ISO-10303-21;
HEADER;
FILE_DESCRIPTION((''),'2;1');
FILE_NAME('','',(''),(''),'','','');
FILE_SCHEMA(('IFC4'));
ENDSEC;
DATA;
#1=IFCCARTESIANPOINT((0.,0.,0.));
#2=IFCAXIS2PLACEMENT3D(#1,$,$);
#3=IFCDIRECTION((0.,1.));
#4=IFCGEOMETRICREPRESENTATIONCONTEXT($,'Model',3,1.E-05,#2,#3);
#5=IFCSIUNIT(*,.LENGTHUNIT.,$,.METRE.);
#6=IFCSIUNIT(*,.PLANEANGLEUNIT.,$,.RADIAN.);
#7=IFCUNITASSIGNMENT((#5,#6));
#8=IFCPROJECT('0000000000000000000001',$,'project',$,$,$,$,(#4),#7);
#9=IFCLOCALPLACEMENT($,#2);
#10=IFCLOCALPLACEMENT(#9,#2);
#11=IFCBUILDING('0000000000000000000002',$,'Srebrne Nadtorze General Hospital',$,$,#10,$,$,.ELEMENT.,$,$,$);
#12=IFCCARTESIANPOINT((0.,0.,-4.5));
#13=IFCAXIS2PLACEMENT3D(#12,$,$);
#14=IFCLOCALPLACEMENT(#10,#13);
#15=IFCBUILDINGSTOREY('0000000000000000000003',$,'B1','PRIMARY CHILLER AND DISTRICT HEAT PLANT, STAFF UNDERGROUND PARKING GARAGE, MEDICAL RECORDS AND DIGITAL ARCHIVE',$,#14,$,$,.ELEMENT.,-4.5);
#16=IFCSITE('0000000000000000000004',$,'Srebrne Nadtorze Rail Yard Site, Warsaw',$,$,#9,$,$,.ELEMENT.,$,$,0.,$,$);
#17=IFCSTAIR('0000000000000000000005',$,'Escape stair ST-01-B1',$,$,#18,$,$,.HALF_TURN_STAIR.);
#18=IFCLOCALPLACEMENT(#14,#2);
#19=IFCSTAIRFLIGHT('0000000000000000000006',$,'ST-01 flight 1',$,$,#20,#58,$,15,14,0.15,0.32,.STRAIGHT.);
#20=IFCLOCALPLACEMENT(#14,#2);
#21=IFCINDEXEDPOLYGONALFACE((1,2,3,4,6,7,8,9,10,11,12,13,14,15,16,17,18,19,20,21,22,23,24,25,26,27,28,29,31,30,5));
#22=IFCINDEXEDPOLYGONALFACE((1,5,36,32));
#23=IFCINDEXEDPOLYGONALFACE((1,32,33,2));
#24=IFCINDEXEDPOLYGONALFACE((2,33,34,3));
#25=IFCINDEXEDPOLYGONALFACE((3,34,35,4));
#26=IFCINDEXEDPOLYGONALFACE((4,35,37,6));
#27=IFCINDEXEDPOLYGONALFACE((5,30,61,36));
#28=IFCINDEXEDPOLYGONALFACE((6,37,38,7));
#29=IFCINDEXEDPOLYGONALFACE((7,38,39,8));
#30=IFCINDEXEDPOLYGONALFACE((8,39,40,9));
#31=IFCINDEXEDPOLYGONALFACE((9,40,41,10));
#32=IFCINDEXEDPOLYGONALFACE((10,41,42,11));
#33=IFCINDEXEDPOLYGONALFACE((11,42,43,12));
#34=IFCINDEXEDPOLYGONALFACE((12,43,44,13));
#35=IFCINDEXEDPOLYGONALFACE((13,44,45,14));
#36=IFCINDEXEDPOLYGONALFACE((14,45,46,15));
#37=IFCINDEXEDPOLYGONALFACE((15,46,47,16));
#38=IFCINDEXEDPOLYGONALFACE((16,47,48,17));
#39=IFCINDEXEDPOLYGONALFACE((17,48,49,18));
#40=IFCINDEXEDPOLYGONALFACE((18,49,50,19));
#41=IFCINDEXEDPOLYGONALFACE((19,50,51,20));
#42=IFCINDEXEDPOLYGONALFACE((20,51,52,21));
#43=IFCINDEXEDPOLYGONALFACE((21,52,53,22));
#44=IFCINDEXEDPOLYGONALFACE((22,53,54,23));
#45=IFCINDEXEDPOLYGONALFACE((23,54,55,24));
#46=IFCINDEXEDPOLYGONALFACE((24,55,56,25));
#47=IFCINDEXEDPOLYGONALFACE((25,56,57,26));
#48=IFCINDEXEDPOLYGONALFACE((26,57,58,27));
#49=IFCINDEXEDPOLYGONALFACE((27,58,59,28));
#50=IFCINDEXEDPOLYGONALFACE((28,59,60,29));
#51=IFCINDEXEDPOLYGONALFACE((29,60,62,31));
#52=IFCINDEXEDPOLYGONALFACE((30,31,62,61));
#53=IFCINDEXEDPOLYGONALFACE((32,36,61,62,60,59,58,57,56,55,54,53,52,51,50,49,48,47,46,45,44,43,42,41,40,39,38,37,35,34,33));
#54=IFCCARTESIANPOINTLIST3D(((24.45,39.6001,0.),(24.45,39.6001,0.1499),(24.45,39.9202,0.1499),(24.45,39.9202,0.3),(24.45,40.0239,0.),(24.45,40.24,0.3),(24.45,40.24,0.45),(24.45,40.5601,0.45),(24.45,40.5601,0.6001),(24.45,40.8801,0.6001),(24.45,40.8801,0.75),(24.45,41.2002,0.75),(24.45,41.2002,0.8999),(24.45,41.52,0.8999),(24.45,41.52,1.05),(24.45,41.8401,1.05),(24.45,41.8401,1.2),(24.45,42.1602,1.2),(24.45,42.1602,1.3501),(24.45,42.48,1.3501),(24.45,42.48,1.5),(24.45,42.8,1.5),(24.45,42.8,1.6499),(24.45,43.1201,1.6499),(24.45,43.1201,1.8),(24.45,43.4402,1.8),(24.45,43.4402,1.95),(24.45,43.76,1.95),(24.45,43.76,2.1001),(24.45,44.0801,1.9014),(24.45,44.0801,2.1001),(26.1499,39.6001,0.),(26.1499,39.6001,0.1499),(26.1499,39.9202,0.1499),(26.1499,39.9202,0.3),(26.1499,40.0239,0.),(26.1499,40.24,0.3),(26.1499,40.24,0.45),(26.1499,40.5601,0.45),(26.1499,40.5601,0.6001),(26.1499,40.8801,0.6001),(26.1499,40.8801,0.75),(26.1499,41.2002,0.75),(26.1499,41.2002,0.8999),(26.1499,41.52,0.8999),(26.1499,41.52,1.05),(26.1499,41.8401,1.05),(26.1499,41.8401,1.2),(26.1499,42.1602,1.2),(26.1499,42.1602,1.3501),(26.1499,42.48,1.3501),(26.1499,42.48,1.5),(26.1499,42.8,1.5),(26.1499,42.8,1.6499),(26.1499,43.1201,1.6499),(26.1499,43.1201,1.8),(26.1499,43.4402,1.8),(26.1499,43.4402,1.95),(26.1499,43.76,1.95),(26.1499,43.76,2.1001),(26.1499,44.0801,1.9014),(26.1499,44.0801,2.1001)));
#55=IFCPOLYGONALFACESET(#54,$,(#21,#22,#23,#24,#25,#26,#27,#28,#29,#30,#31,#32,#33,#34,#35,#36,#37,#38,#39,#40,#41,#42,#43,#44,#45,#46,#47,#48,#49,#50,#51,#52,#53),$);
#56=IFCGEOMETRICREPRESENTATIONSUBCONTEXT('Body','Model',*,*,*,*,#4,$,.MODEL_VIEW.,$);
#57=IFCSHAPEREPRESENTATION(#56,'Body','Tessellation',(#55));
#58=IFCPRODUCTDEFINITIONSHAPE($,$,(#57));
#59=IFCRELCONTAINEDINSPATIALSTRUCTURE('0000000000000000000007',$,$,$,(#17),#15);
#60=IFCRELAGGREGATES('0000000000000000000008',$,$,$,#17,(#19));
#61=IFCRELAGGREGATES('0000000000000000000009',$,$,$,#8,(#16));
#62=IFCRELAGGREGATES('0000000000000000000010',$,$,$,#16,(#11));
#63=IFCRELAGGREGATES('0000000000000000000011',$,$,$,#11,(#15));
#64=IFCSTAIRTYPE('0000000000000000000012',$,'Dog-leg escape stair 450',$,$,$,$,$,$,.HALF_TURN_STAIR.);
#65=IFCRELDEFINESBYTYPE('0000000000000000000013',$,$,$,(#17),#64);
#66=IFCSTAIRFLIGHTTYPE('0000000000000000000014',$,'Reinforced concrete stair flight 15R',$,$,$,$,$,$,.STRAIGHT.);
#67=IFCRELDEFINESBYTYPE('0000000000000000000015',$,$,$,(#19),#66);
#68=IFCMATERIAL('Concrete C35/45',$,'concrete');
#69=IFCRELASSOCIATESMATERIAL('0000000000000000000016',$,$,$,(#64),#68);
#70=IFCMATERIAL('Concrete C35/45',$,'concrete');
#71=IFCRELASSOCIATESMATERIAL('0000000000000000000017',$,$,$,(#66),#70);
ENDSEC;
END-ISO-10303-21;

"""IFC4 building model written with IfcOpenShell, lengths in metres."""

from ifc_helpers import new_model, si_unit, direction, frame, origin, place, context, subcontext, project, spatial, polyline, outline, extrude, material, type_object, element, aggregate, save


model = new_model("IFC4")

# Units and contexts
model_context = context("Model", 3, precision=1e-05, world=origin(), true_north=direction((0.0, 1.0)))
body_context = subcontext(model_context, "Body", "Model", "MODEL_VIEW")
ifc_project = project(units=[si_unit("LENGTHUNIT", "METRE"), si_unit("PLANEANGLEUNIT", "RADIAN")], contexts=[model_context])

# Site, building, storey
site_placement = place(None, origin())
site = spatial("IfcSite", under=ifc_project, at=site_placement, Name="Srebrne Nadtorze Rail Yard Site, Warsaw", CompositionType="ELEMENT", RefElevation=0.0)
building_placement = place(site_placement, origin())
building = spatial("IfcBuilding", under=site, at=building_placement, Name="Srebrne Nadtorze General Hospital", CompositionType="ELEMENT")
storey_placement = place(building_placement, frame((0.0, 0.0, -4.5)))
storey = spatial("IfcBuildingStorey", under=building, at=storey_placement, Name="B1", Description="PRIMARY CHILLER AND DISTRICT HEAT PLANT, STAFF UNDERGROUND PARKING GARAGE, MEDICAL RECORDS AND DIGITAL ARCHIVE", CompositionType="ELEMENT", Elevation=-4.5)

# Stair, stair flight
ifc_material_1 = material(Name="Concrete C35/45", Category="concrete")
stair_type = type_object("IfcStairType", Name="Dog-leg escape stair 450", PredefinedType="HALF_TURN_STAIR", material=ifc_material_1)
stair_placement = place(storey_placement, origin())
stair = element("IfcStair", 1, at=stair_placement, inside=storey, type_object=stair_type, Name="Escape stair ST-01-B1", PredefinedType="HALF_TURN_STAIR")
ifc_material_2 = material(Name="Concrete C35/45", Category="concrete")
stair_flight_type = type_object("IfcStairFlightType", Name="Reinforced concrete stair flight 15R", PredefinedType="STRAIGHT", material=ifc_material_2)
stair_flight_placement = place(storey_placement, frame((25.3, 39.6001, 0.0), z_axis=(0.0, 0.0, 1.0), x_axis=(0.0, 1.0, 0.0)))
stair_flight = element("IfcStairFlight", 2, at=stair_flight_placement, type_object=stair_flight_type, Name="ST-01 flight 1", NumberOfRisers=15, NumberOfTreads=14, PredefinedType="STRAIGHT", RiserHeight=0.15, TreadLength=0.32, context=body_context, shape_type="SweptSolid", body=[
    extrude(outline(polyline([(0.0, 0.0), (0.0, 0.1499), (0.3201, 0.1499), (0.3201, 0.3), (0.6399, 0.3), (0.6399, 0.45), (0.96, 0.45), (0.96, 0.6001), (1.28, 0.6001), (1.28, 0.75), (1.6001, 0.75), (1.6001, 0.8999), (1.9199, 0.8999), (1.9199, 1.05), (2.24, 1.05), (2.24, 1.2), (2.5601, 1.2), (2.5601, 1.3501), (2.8799, 1.3501), (2.8799, 1.5), (3.2, 1.5), (3.2, 1.6499), (3.52, 1.6499), (3.52, 1.8), (3.8401, 1.8), (3.8401, 1.95), (4.1599, 1.95), (4.1599, 2.1001), (4.48, 2.1001), (4.48, 2.25), (4.48, 1.9014), (0.4238, 0.0), (0.0, 0.0)])), frame((0.0, 0.8501, 0.0), z_axis=(0.0, -1.0, 0.0), x_axis=(1.0, 0.0, 0.0)), (0.0, 0.0, 1.0), 1.7),
])
aggregate(stair, [stair_flight])

save(model, "model.ifc")
